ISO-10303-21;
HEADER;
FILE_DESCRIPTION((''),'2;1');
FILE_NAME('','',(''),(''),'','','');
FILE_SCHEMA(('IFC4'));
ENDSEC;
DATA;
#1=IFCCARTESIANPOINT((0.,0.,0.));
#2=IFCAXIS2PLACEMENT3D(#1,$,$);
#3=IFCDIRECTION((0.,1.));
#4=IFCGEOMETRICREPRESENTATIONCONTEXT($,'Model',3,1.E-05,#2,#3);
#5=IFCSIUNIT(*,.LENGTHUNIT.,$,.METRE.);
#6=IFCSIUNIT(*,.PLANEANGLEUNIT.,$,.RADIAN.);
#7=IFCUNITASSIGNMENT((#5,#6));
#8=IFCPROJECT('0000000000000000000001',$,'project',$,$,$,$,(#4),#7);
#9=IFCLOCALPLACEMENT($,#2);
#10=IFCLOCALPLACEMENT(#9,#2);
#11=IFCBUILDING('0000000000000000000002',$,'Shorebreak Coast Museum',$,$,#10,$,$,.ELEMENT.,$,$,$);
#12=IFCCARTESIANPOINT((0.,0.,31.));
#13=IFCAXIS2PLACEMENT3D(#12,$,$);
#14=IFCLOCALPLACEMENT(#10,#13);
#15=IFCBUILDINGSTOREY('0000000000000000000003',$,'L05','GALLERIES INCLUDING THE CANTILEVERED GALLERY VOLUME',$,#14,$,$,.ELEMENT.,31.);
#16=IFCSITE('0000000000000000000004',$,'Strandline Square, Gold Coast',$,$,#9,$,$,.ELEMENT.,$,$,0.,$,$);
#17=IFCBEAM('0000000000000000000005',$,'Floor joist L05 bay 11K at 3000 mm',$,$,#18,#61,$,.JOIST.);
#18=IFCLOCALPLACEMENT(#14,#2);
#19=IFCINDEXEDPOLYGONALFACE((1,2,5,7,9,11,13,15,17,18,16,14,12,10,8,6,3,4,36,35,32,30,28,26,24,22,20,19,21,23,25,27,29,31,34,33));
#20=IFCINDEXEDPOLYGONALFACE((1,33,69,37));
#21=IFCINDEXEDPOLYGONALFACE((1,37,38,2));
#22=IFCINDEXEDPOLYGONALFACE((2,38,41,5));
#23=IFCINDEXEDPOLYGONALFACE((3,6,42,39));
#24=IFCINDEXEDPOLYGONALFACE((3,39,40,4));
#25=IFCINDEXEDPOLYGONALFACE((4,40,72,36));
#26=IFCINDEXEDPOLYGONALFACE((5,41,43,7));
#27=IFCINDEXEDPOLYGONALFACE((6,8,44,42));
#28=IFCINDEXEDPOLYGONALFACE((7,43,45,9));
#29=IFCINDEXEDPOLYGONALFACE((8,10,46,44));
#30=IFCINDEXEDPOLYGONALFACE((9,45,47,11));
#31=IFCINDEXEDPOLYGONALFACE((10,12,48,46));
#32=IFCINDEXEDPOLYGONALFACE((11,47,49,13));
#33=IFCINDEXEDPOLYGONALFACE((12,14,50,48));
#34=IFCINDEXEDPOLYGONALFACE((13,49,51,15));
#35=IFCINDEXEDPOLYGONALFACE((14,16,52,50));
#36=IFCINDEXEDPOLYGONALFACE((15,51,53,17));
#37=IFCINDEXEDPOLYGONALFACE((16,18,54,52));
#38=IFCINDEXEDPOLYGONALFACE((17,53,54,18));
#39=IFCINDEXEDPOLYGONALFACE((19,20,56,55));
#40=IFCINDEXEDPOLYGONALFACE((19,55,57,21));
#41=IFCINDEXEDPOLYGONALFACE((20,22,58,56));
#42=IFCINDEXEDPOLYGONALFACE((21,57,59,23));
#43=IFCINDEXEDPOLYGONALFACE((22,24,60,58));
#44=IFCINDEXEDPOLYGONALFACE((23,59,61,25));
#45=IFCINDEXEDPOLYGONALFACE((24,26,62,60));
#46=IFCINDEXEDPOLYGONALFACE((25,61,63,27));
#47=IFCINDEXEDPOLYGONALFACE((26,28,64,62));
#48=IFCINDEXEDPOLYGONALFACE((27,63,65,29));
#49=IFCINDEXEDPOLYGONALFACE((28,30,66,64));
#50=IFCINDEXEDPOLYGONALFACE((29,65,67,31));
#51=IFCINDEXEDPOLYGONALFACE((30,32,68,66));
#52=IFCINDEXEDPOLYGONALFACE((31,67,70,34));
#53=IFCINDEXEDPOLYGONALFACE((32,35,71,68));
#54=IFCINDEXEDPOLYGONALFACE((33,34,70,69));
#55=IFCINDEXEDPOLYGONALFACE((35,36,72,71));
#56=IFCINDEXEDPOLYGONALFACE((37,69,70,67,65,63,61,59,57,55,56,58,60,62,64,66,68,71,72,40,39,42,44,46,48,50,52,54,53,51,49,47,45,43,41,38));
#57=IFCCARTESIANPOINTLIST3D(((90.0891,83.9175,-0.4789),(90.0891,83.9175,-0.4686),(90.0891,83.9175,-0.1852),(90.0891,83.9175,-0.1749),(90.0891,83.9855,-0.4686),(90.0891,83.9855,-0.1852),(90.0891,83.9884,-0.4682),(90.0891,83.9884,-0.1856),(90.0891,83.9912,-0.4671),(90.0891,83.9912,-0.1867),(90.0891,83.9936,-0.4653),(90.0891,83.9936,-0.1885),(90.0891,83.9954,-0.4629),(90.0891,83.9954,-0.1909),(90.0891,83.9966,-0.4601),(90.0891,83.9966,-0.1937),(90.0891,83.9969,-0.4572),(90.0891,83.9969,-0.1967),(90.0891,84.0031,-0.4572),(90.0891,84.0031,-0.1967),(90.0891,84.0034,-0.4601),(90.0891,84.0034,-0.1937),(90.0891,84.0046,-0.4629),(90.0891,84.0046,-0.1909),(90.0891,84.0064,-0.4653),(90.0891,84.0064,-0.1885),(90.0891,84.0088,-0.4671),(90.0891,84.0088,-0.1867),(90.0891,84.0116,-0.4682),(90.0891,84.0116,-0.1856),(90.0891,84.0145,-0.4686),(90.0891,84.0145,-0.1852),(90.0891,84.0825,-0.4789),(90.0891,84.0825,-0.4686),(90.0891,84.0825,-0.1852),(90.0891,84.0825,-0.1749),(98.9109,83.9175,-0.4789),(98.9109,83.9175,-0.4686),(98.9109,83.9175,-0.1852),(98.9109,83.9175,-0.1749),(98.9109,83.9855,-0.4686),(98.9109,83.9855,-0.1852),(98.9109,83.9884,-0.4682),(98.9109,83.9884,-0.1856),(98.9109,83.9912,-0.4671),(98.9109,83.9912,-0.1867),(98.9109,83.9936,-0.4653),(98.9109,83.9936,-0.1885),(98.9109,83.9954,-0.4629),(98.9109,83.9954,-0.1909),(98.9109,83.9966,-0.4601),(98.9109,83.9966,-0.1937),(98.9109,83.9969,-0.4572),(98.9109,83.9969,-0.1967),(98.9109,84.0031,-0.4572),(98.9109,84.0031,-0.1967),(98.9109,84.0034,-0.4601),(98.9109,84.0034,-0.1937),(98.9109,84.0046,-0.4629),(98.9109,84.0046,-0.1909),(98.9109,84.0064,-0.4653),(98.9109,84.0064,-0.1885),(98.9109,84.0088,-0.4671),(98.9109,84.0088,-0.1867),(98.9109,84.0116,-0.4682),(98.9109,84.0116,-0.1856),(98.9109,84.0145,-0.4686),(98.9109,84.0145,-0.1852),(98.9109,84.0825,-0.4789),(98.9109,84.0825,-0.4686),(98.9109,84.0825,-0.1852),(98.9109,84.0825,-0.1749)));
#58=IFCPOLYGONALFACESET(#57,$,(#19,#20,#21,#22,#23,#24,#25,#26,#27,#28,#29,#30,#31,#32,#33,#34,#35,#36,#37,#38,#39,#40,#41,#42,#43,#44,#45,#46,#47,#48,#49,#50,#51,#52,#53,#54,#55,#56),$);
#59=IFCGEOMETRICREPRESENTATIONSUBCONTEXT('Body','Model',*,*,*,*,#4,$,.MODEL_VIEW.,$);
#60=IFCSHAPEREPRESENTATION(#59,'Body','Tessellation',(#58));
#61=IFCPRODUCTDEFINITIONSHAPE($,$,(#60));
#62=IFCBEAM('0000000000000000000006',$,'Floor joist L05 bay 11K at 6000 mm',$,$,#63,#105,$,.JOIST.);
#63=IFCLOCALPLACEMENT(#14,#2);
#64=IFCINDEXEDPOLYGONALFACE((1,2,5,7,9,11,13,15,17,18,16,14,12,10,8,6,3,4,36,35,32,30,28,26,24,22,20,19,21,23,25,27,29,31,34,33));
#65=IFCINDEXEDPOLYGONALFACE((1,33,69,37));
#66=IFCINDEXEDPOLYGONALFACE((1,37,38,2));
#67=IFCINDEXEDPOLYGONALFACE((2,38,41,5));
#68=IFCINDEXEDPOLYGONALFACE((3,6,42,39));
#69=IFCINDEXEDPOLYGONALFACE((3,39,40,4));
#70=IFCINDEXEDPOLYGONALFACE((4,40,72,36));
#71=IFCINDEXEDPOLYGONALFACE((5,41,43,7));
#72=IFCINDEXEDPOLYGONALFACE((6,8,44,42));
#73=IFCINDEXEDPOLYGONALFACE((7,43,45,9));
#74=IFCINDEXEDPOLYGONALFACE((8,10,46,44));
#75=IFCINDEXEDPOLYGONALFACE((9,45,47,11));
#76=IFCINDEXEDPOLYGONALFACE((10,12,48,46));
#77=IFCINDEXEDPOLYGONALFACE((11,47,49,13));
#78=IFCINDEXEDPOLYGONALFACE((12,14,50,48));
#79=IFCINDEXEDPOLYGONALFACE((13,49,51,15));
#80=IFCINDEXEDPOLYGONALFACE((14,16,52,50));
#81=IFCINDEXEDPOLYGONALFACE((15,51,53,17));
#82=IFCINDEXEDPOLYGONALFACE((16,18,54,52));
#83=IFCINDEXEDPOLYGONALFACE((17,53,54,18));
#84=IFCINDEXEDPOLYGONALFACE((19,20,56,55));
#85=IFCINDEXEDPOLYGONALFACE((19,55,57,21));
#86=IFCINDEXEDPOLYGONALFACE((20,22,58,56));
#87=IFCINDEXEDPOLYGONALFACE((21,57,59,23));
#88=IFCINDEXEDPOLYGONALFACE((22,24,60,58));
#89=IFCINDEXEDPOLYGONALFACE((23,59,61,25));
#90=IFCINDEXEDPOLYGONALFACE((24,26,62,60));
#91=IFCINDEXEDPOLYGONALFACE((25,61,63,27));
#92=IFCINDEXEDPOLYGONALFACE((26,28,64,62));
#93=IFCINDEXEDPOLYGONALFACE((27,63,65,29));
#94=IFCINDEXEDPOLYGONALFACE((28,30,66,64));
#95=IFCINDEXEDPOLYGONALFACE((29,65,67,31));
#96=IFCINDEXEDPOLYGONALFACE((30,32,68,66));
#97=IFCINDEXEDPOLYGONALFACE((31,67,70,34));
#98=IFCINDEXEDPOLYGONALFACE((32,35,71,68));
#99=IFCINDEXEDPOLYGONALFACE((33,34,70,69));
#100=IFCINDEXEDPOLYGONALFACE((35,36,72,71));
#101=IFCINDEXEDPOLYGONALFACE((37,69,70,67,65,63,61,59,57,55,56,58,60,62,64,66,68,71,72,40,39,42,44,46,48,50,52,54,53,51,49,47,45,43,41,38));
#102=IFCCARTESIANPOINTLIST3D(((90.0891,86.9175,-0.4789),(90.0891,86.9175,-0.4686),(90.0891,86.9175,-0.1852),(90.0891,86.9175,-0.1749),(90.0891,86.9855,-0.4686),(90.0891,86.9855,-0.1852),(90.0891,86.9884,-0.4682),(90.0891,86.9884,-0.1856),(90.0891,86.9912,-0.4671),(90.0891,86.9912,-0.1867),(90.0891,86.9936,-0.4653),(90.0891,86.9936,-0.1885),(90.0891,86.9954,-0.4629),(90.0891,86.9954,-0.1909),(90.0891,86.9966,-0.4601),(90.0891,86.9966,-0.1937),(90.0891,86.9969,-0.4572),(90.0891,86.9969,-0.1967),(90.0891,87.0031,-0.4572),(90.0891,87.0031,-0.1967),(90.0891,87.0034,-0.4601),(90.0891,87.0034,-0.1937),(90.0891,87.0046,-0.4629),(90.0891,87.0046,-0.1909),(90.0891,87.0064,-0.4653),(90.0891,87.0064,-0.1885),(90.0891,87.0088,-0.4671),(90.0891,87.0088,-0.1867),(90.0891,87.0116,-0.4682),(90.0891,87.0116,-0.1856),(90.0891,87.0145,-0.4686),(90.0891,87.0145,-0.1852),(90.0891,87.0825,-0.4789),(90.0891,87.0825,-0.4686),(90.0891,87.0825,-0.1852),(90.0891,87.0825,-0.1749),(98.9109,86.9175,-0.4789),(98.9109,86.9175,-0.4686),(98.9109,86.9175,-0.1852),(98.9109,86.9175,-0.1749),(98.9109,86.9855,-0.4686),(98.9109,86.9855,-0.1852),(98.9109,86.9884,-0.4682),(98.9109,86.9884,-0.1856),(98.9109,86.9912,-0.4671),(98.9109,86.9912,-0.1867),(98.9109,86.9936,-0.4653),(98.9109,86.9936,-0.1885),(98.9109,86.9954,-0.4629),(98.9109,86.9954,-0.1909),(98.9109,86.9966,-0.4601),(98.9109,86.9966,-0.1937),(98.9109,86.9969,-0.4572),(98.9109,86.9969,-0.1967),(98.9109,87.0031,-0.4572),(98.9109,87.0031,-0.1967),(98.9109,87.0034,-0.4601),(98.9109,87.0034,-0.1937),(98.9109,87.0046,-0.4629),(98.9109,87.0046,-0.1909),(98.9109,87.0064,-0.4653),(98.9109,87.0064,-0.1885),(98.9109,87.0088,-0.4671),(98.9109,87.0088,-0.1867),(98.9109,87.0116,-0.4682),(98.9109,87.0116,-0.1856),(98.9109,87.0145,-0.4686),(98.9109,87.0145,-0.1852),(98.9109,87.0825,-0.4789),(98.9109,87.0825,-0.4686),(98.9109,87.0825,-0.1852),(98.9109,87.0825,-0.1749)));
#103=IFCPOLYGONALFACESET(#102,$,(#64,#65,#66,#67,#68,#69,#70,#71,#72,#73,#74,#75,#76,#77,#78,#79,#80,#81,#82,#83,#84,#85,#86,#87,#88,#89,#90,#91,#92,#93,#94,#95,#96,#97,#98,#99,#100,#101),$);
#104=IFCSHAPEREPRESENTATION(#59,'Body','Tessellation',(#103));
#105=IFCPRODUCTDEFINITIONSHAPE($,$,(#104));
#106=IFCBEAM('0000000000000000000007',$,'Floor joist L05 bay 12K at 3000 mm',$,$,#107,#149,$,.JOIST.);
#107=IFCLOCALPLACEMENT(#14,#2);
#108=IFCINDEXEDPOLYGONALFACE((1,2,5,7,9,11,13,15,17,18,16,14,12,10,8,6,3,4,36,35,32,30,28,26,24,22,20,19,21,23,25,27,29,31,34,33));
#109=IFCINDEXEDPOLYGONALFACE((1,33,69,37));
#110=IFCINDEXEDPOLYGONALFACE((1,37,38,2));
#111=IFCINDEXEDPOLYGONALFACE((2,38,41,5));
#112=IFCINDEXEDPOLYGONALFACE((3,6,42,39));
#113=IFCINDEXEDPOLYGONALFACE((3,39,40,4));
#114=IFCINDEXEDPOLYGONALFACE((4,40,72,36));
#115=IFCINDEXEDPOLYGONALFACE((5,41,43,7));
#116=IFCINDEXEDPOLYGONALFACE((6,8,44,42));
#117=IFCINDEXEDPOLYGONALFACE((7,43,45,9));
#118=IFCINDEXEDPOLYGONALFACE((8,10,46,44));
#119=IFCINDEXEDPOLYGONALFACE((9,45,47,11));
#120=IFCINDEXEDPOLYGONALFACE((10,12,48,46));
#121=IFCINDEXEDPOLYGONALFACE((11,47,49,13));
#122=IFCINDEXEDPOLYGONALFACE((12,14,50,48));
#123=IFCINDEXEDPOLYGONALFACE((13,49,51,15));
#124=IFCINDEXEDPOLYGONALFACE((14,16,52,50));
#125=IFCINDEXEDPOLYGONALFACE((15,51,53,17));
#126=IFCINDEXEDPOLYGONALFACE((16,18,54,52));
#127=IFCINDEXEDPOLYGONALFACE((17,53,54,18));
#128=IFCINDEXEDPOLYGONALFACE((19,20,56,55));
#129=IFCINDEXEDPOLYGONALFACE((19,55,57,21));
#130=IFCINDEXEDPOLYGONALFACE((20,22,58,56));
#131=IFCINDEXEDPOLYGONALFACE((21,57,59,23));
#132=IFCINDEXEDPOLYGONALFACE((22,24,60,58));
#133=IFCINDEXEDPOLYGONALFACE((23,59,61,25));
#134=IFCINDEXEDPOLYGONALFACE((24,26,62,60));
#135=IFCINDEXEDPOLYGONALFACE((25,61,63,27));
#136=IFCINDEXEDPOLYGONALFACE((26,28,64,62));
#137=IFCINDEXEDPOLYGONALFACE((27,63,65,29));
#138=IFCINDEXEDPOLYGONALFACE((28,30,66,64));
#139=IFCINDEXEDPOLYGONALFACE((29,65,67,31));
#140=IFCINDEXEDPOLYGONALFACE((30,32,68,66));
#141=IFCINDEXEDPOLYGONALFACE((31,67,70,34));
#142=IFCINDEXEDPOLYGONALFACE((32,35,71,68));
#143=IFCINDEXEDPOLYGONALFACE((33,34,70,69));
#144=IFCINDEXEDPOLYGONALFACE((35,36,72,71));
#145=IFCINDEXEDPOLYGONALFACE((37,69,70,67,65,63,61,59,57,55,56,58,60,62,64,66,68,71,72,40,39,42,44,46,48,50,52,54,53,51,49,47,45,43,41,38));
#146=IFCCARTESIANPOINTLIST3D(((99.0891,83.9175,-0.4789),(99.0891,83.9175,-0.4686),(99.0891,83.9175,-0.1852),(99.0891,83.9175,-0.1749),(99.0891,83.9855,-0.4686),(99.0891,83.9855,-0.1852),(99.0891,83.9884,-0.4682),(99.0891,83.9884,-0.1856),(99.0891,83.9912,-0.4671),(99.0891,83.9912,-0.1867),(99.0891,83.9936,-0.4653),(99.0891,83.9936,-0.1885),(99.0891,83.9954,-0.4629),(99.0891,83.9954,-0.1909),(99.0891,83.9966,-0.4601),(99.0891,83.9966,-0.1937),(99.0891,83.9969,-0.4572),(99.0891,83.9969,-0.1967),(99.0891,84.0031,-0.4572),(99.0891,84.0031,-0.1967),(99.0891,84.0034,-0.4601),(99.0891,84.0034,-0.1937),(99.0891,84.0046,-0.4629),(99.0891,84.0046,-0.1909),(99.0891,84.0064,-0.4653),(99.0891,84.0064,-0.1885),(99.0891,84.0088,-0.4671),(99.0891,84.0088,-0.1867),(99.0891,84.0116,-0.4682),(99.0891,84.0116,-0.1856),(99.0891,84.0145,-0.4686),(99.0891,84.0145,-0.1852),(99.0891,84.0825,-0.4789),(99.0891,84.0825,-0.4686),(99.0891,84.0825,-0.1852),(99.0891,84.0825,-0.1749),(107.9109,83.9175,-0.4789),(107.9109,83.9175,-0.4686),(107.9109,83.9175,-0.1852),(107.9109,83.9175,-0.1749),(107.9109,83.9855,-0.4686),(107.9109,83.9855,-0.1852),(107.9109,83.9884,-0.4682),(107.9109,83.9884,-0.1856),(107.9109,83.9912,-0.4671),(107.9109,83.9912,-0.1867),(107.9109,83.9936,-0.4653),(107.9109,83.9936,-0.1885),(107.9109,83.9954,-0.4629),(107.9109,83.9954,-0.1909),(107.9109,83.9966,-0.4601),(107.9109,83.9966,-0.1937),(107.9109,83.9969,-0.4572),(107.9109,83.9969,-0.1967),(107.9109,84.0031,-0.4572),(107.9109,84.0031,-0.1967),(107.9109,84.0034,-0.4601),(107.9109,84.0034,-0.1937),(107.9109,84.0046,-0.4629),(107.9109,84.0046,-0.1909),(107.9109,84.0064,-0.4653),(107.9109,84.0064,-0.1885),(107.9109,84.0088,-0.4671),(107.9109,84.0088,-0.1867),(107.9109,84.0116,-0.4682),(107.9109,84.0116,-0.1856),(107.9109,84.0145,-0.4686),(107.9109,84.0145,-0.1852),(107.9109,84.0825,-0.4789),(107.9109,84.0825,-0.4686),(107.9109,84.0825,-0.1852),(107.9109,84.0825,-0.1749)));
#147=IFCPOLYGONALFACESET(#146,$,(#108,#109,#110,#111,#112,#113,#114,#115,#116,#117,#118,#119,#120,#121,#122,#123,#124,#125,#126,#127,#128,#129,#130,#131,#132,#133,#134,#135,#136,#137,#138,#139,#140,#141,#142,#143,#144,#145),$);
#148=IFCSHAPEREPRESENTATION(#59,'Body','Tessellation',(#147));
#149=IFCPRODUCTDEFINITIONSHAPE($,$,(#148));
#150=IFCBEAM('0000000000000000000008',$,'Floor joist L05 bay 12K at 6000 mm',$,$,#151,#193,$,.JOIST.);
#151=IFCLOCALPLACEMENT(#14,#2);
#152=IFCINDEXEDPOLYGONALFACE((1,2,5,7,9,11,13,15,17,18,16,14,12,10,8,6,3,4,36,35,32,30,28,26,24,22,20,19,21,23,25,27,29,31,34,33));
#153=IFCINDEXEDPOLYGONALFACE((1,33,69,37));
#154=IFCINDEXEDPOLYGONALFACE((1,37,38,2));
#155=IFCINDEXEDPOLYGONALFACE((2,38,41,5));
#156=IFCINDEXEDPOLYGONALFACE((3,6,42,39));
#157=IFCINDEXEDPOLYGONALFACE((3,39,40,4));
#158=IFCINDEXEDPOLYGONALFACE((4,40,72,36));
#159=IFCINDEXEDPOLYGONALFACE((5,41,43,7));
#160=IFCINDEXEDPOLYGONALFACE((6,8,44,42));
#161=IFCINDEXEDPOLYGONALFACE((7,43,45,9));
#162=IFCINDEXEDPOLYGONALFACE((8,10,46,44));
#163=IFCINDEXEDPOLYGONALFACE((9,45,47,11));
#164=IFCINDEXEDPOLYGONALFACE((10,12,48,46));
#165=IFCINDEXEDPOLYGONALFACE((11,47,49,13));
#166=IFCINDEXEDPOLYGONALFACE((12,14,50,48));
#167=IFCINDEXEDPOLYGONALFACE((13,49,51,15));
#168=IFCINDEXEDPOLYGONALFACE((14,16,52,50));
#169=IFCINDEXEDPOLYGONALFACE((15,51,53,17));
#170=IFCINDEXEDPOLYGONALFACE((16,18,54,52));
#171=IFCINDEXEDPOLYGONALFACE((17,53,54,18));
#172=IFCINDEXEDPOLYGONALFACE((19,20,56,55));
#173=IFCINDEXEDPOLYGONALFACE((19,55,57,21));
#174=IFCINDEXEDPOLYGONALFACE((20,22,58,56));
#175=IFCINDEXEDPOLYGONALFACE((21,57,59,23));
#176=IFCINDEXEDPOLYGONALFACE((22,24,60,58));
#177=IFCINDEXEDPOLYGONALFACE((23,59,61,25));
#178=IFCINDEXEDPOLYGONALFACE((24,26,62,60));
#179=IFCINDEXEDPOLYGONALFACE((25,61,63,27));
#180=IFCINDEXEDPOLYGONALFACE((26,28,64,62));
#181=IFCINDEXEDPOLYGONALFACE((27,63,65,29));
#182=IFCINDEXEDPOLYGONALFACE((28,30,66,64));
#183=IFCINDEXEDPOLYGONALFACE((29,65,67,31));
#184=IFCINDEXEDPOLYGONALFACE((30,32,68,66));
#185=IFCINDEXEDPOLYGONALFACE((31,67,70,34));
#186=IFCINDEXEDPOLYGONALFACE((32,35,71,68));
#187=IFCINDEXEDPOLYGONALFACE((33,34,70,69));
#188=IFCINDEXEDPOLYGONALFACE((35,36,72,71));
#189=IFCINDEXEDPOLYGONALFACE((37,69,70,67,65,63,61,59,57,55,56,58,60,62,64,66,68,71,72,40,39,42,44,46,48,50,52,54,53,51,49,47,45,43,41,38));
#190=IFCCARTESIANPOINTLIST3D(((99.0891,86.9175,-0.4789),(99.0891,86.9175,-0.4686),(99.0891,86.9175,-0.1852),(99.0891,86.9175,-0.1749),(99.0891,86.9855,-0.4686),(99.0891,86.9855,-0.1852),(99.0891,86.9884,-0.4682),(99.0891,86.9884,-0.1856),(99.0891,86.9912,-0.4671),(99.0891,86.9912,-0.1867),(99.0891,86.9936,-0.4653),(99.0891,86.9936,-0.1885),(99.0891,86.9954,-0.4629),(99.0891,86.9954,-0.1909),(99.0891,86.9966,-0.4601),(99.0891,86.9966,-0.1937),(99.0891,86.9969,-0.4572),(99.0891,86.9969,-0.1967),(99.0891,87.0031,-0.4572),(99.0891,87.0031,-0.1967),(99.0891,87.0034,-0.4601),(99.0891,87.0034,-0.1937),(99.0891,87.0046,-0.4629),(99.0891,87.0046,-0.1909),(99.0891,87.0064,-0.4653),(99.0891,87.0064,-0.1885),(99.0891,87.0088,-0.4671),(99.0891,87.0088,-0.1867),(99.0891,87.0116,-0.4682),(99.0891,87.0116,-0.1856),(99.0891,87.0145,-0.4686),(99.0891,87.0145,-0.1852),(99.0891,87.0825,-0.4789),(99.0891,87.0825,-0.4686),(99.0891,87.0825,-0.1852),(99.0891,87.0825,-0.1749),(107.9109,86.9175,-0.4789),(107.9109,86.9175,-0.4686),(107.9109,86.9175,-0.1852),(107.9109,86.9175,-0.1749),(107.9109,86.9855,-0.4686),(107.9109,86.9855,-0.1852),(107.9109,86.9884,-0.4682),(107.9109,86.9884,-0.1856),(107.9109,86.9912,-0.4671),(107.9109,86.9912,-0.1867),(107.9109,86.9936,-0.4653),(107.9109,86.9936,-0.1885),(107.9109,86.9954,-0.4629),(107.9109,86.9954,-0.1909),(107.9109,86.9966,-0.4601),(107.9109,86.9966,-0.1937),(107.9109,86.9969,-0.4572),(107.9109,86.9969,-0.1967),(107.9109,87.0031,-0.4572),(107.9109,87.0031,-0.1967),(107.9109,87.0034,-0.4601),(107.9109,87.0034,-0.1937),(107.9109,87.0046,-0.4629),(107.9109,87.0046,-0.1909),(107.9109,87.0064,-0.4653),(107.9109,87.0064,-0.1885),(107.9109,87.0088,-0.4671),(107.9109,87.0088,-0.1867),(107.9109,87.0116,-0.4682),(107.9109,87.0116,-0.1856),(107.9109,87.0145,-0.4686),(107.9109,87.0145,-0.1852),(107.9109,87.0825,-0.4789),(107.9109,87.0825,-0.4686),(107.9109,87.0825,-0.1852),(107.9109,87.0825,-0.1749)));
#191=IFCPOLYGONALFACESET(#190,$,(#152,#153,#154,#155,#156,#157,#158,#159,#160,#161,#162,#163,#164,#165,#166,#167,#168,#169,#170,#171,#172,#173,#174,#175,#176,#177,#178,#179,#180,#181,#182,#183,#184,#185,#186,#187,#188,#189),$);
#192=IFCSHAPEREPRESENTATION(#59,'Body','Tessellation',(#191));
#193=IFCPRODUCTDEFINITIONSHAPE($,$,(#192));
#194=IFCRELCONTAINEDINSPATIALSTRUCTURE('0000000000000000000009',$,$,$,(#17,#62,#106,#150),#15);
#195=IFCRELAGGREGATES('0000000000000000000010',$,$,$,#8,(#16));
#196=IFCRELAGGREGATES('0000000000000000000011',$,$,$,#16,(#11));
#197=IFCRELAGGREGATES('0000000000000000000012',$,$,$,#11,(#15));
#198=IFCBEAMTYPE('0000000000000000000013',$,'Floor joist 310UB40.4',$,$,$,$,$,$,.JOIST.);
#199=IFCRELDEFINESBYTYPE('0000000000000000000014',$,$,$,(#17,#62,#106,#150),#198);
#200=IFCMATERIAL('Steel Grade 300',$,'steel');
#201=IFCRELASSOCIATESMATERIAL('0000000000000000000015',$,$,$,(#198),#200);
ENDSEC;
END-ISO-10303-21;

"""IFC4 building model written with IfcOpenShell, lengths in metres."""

from ifc_helpers import new_model, si_unit, direction, frame, origin, origin_2d, place, context, subcontext, project, spatial, i_section, extrude, material, material_profile, profile_set, type_object, element, save


model = new_model("IFC4")

# Units and contexts
model_context = context("Model", 3, precision=1e-05, world=origin(), true_north=direction((0.0, 1.0)))
body_context = subcontext(model_context, "Body", "Model", "MODEL_VIEW")
ifc_project = project(units=[si_unit("LENGTHUNIT", "METRE"), si_unit("PLANEANGLEUNIT", "RADIAN")], contexts=[model_context])

# Site, building, storey
site_placement = place(None, origin())
site = spatial("IfcSite", under=ifc_project, at=site_placement, Name="Strandline Square, Gold Coast", CompositionType="ELEMENT", RefElevation=0.0)
building_placement = place(site_placement, origin())
building = spatial("IfcBuilding", under=site, at=building_placement, Name="Shorebreak Coast Museum", CompositionType="ELEMENT")
storey_placement = place(building_placement, frame((0.0, 0.0, 31.0)))
storey = spatial("IfcBuildingStorey", under=building, at=storey_placement, Name="L05", Description="GALLERIES INCLUDING THE CANTILEVERED GALLERY VOLUME", CompositionType="ELEMENT", Elevation=31.0)

# Beams
ifc_material_1 = material(Name="Steel Grade 300", Category="steel")
ifc_material_profile_1 = material_profile(ifc_material_1, i_section(OverallWidth=0.165, OverallDepth=0.304, WebThickness=0.0061, FlangeThickness=0.0103, FilletRadius=0.0115, at=origin_2d()), Name="310UB40.4")
ifc_profile_set_1 = profile_set([ifc_material_profile_1], Name="Steel Grade 300")
beam_type_1 = type_object("IfcBeamType", Name="Floor joist 310UB40.4", PredefinedType="JOIST", material=ifc_profile_set_1)
for number, where, z_axis, x_axis, name in (
    (1, (90.0891, 84.0, -0.3269), (1.0, 0.0, 0.0), (0.0, 1.0, 0.0), "Floor joist L05 bay 11K at 3000 mm"),
    (2, (90.0891, 87.0, -0.3269), (1.0, 0.0, 0.0), (0.0, 1.0, 0.0), "Floor joist L05 bay 11K at 6000 mm"),
    (3, (99.0891, 84.0, -0.3269), (1.0, 0.0, 0.0), (0.0, 1.0, 0.0), "Floor joist L05 bay 12K at 3000 mm"),
    (4, (99.0891, 87.0, -0.3269), (1.0, 0.0, 0.0), (0.0, 1.0, 0.0), "Floor joist L05 bay 12K at 6000 mm"),
):
    element("IfcBeam", number, at=place(storey_placement, frame(where, z_axis=z_axis, x_axis=x_axis)), inside=storey, type_object=beam_type_1, Name=name, PredefinedType="JOIST", context=body_context, shape_type="SweptSolid", body=[
        extrude(i_section(OverallWidth=0.165, OverallDepth=0.304, WebThickness=0.0061, FlangeThickness=0.0103, FilletRadius=0.0115, at=origin_2d()), origin(), (0.0, 0.0, 1.0), 8.8218),
    ])

save(model, "model.ifc")
